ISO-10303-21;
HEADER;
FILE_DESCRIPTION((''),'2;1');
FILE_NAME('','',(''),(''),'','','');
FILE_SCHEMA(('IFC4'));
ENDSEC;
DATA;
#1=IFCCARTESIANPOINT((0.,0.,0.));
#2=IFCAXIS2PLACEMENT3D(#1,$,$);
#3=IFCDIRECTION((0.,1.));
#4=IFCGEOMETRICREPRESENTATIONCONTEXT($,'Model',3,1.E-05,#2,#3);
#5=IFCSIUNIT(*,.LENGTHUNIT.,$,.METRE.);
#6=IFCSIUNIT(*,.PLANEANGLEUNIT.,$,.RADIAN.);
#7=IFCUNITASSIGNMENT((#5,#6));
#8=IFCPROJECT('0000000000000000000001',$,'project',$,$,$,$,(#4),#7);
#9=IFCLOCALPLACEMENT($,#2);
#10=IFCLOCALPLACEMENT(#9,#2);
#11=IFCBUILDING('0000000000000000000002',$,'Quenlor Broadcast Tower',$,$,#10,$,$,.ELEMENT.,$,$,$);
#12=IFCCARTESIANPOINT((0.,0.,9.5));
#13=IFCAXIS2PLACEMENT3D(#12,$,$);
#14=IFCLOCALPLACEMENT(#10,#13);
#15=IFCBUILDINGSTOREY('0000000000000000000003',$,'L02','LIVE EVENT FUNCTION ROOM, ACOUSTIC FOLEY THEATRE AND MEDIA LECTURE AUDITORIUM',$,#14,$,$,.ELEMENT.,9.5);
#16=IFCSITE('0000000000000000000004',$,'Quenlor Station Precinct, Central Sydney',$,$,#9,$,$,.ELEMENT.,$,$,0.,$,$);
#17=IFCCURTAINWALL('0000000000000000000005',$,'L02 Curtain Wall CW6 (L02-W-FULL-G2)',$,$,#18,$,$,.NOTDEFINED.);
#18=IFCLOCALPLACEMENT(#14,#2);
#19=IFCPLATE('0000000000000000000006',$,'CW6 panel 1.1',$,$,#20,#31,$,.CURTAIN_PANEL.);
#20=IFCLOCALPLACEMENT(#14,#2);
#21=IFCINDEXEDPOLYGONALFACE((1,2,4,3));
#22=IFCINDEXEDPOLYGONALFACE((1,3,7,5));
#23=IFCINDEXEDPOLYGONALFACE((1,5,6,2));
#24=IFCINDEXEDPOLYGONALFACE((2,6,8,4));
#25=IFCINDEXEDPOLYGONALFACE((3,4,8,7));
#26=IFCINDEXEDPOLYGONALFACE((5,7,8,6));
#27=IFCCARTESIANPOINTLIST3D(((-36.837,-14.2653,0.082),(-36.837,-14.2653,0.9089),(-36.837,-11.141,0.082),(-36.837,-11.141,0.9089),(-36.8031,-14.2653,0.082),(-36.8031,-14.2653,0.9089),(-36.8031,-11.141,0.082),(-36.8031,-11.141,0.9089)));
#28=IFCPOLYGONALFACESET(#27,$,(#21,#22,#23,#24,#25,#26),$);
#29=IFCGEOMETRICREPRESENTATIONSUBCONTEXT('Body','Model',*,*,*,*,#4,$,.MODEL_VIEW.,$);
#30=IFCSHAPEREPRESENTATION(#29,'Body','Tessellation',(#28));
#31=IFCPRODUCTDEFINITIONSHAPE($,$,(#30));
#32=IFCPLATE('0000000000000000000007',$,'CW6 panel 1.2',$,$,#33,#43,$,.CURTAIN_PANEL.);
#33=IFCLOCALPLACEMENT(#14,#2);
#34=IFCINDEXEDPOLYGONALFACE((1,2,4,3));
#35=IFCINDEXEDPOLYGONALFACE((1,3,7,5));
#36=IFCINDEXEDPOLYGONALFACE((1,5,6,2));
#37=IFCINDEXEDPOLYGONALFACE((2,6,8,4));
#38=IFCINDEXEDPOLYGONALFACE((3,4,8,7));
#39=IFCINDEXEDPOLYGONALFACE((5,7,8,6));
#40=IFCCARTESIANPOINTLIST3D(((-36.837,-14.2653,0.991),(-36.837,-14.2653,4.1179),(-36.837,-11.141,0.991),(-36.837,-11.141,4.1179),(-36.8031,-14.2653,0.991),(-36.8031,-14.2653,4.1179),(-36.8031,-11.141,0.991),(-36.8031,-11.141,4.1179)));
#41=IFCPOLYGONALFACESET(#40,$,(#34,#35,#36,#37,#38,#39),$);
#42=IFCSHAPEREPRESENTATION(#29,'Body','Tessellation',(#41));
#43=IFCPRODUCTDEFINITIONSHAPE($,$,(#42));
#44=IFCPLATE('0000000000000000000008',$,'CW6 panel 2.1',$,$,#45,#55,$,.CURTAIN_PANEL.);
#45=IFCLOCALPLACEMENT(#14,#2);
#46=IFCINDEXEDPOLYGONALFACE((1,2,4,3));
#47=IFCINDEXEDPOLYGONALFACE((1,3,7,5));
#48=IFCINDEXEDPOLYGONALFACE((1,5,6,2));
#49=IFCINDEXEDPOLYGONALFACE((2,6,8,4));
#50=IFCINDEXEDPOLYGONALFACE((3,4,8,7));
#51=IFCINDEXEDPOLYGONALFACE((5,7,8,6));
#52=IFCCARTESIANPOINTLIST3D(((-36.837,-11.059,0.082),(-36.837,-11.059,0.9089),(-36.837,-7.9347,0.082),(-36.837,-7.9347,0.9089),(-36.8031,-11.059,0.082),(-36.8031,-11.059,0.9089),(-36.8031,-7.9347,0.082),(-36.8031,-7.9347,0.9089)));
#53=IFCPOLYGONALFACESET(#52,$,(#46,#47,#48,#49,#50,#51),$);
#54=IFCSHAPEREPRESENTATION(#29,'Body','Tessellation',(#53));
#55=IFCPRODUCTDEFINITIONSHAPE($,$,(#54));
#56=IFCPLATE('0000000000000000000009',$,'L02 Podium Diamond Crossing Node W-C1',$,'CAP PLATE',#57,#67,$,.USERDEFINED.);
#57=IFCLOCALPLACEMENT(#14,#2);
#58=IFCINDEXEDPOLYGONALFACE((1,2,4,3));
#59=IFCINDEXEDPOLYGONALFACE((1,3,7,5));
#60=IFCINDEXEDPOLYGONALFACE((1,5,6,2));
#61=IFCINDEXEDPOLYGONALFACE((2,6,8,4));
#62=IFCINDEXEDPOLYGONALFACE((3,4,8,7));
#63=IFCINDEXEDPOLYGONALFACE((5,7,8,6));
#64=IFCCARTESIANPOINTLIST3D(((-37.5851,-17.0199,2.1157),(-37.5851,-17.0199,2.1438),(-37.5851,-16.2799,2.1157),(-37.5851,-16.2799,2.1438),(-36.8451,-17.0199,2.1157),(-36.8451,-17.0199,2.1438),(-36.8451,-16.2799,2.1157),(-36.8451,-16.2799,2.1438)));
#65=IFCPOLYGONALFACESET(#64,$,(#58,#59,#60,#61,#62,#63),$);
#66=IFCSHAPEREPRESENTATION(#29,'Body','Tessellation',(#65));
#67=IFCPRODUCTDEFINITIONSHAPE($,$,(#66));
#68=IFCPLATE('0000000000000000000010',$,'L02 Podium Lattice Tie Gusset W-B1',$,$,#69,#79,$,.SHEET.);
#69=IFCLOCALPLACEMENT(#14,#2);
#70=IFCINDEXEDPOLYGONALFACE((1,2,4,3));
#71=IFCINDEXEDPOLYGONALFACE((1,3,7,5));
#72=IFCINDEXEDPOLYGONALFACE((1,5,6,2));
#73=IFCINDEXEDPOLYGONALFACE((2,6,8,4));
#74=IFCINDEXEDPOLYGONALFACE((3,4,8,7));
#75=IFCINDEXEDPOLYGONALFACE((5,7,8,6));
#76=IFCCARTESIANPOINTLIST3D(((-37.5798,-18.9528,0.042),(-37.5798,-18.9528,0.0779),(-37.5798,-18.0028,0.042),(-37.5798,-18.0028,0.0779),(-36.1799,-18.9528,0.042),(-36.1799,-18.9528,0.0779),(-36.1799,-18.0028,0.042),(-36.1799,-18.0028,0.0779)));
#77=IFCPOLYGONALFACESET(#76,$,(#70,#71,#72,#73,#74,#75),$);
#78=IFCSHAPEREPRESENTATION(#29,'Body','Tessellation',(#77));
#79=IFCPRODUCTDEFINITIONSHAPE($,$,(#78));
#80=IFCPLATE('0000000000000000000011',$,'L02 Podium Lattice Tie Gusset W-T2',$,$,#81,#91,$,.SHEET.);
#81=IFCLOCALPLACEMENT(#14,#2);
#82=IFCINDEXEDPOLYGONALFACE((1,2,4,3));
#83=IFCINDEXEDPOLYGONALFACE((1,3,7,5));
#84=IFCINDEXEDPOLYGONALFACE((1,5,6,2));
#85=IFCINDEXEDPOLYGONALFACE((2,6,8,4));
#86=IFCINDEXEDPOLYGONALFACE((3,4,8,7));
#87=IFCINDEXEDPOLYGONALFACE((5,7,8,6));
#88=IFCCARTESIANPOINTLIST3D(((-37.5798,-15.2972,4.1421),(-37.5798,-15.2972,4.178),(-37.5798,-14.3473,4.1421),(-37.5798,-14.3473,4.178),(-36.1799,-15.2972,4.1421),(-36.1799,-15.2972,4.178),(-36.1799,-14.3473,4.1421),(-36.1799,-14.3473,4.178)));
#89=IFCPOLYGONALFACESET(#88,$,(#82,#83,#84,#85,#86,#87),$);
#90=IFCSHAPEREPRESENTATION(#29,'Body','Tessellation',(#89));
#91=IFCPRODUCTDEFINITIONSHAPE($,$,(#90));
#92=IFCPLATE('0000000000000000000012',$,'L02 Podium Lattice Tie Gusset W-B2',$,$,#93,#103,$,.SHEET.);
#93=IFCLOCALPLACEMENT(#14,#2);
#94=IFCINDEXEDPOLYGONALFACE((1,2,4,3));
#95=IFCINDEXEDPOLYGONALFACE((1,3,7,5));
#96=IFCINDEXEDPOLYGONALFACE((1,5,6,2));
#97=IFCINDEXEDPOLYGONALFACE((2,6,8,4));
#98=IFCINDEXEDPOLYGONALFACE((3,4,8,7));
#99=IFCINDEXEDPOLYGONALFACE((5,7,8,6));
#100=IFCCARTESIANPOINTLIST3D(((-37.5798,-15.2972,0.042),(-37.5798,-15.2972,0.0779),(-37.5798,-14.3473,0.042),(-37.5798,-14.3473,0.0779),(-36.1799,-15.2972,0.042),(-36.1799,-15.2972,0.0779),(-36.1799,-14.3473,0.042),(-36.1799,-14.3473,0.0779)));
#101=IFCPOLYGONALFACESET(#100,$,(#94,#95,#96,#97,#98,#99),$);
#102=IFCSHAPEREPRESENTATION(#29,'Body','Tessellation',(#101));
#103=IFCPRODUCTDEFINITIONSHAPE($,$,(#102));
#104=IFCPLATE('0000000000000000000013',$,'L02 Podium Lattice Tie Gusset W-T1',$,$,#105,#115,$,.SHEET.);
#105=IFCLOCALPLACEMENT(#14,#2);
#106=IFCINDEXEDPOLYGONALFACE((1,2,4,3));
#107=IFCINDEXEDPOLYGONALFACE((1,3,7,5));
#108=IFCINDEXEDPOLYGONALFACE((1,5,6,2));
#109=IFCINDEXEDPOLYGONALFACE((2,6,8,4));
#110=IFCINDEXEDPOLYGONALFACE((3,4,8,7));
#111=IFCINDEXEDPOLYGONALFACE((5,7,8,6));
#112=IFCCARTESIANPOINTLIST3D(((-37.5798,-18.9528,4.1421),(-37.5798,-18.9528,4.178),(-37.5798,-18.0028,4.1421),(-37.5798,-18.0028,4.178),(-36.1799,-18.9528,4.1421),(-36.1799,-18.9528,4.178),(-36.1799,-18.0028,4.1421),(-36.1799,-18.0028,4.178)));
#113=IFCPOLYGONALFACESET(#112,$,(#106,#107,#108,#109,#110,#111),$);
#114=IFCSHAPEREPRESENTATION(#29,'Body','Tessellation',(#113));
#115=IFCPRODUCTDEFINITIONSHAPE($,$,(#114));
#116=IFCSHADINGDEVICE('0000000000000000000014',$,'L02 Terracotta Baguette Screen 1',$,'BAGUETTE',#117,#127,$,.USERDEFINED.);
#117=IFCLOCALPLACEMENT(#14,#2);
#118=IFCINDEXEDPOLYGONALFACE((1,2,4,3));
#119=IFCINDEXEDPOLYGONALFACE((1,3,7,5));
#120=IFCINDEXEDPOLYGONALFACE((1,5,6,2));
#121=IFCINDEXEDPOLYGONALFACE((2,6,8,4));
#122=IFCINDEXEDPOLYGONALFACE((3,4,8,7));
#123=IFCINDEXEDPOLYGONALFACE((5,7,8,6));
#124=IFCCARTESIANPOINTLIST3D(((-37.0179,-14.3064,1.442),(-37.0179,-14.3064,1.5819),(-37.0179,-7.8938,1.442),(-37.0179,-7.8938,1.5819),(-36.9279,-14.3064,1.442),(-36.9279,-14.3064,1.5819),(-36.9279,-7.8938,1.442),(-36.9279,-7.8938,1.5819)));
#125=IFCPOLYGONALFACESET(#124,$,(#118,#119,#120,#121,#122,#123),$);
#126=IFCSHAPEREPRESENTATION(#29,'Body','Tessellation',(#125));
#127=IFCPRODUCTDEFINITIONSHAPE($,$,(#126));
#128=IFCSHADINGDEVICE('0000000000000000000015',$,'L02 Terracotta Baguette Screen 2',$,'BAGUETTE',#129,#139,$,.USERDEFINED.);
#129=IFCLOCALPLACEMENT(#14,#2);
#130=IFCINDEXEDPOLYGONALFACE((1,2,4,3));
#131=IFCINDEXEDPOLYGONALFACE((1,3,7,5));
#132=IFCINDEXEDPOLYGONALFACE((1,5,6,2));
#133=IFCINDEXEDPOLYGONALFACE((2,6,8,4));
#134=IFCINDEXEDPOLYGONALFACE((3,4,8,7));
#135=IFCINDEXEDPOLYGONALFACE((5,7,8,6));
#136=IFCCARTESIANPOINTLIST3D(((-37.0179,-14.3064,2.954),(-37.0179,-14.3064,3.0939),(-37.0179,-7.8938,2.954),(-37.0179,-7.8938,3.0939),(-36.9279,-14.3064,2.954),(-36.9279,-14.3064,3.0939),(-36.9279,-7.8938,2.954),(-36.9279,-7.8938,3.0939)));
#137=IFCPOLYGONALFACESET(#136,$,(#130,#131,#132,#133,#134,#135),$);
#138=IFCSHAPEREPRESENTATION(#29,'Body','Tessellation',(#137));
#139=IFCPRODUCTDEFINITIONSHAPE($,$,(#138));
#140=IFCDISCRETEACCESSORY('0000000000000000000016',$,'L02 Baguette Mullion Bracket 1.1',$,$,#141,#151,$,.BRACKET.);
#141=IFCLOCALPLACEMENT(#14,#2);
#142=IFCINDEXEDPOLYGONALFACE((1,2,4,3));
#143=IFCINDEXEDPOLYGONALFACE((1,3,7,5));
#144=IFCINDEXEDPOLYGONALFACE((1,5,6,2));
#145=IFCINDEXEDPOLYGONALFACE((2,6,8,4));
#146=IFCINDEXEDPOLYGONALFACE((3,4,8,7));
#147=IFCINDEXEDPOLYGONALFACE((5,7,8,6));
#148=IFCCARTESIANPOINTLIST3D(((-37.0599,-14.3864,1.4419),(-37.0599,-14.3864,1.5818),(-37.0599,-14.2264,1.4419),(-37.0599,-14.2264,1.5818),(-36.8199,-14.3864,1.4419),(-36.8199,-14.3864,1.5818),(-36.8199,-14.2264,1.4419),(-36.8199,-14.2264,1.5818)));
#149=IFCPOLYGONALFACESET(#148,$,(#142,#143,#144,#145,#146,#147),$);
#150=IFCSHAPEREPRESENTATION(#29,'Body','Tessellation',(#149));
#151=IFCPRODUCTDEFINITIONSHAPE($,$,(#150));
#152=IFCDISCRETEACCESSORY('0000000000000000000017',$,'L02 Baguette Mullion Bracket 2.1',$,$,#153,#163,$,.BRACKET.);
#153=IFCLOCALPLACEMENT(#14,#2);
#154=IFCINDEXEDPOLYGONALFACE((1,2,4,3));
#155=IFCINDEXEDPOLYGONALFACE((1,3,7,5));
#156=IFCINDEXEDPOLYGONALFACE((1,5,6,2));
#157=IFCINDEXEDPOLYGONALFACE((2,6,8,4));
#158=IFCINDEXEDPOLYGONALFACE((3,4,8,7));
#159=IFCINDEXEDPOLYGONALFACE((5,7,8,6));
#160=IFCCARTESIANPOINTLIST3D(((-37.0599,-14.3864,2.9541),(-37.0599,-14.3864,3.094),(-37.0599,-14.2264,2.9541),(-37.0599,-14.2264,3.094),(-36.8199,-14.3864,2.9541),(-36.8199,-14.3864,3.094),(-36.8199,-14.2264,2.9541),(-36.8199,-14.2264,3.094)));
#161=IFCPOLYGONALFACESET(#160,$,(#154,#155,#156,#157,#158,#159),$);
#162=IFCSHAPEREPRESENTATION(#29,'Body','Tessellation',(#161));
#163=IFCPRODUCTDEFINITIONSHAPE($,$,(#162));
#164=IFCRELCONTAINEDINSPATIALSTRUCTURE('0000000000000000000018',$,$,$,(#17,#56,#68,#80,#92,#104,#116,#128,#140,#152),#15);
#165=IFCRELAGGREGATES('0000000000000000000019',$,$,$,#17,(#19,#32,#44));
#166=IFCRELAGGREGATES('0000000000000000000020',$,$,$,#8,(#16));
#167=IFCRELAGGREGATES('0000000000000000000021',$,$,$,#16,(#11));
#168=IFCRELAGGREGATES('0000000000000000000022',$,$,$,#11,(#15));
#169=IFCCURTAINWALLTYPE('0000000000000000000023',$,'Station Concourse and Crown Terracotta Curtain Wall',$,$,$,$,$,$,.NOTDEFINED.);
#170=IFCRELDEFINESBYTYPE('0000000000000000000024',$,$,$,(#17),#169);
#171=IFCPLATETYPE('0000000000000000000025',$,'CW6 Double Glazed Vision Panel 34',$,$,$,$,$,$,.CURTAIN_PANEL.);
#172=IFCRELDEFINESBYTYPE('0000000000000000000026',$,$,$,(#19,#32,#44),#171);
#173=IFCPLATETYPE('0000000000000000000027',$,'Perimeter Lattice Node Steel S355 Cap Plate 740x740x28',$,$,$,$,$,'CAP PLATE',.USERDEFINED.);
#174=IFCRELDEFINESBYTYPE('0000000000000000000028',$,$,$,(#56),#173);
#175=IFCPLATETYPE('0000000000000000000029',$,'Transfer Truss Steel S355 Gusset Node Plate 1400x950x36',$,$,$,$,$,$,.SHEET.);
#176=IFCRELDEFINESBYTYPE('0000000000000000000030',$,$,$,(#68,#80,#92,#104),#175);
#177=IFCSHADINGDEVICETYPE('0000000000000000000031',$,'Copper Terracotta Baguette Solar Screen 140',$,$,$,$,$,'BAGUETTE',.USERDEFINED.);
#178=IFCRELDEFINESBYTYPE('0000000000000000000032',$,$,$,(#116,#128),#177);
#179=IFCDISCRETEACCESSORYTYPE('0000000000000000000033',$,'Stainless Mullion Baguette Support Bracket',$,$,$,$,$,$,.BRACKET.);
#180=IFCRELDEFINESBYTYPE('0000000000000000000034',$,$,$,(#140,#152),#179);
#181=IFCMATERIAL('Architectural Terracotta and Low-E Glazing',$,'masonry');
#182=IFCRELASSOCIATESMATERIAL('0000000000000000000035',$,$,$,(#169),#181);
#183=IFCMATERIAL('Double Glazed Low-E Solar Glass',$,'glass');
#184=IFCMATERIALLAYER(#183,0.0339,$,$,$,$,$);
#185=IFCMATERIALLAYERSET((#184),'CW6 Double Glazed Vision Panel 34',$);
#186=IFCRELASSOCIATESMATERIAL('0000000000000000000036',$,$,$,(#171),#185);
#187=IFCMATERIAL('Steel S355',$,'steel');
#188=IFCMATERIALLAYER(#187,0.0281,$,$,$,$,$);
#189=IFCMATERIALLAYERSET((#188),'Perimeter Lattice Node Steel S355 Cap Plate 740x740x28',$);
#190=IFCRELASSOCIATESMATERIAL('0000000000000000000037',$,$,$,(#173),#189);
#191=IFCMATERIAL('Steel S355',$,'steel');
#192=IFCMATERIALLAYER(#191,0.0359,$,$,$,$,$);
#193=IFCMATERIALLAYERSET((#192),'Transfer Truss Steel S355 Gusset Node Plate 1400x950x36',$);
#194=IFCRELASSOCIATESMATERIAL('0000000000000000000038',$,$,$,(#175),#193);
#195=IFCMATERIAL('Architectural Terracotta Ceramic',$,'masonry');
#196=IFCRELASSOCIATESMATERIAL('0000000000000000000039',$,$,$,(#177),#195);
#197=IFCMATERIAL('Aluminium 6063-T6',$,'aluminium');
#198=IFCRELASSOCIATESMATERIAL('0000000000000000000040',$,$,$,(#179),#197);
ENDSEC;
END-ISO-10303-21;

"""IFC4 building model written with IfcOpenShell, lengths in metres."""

from ifc_helpers import new_model, si_unit, direction, frame, origin, origin_2d, place, context, subcontext, project, spatial, rectangle, extrude, material, layer, layer_set, material_profile, profile_set, type_object, element, aggregate, save


model = new_model("IFC4")

# Units and contexts
model_context = context("Model", 3, precision=1e-05, world=origin(), true_north=direction((0.0, 1.0)))
body_context = subcontext(model_context, "Body", "Model", "MODEL_VIEW")
ifc_project = project(units=[si_unit("LENGTHUNIT", "METRE"), si_unit("PLANEANGLEUNIT", "RADIAN")], contexts=[model_context])

# Site, building, storey
site_placement = place(None, origin())
site = spatial("IfcSite", under=ifc_project, at=site_placement, Name="Quenlor Station Precinct, Central Sydney", CompositionType="ELEMENT", RefElevation=0.0)
building_placement = place(site_placement, origin())
building = spatial("IfcBuilding", under=site, at=building_placement, Name="Quenlor Broadcast Tower", CompositionType="ELEMENT")
storey_placement = place(building_placement, frame((0.0, 0.0, 9.5)))
storey = spatial("IfcBuildingStorey", under=building, at=storey_placement, Name="L02", Description="LIVE EVENT FUNCTION ROOM, ACOUSTIC FOLEY THEATRE AND MEDIA LECTURE AUDITORIUM", CompositionType="ELEMENT", Elevation=9.5)

# Curtain wall
ifc_material_1 = material(Name="Architectural Terracotta and Low-E Glazing", Category="masonry")
curtain_wall_type = type_object("IfcCurtainWallType", Name="Station Concourse and Crown Terracotta Curtain Wall", PredefinedType="NOTDEFINED", material=ifc_material_1)
curtain_wall_placement = place(storey_placement, origin())
curtain_wall = element("IfcCurtainWall", 1, at=curtain_wall_placement, inside=storey, type_object=curtain_wall_type, Name="L02 Curtain Wall CW6 (L02-W-FULL-G2)", PredefinedType="NOTDEFINED")

# Plates
ifc_material_2 = material(Name="Double Glazed Low-E Solar Glass", Category="glass")
ifc_layer_1 = layer(ifc_material_2, 0.0339)
ifc_layer_set_1 = layer_set([ifc_layer_1], Name="CW6 Double Glazed Vision Panel 34")
plate_type_1 = type_object("IfcPlateType", Name="CW6 Double Glazed Vision Panel 34", PredefinedType="CURTAIN_PANEL", material=ifc_layer_set_1)
plate_1_placement = place(storey_placement, frame((-36.8201, -12.7031, 0.082), z_axis=(0.0, 0.0, 1.0), x_axis=(0.0, 1.0, 0.0)))
plate_1 = element("IfcPlate", 2, at=plate_1_placement, type_object=plate_type_1, Name="CW6 panel 1.1", PredefinedType="CURTAIN_PANEL", context=body_context, shape_type="SweptSolid", body=[
    extrude(rectangle(XDim=3.1243, YDim=0.0339, at=origin_2d()), origin(), (0.0, 0.0, 1.0), 0.8269),
])
plate_2_placement = place(storey_placement, frame((-36.8201, -12.7031, 0.991), z_axis=(0.0, 0.0, 1.0), x_axis=(0.0, 1.0, 0.0)))
plate_2 = element("IfcPlate", 3, at=plate_2_placement, type_object=plate_type_1, Name="CW6 panel 1.2", PredefinedType="CURTAIN_PANEL", context=body_context, shape_type="SweptSolid", body=[
    extrude(rectangle(XDim=3.1243, YDim=0.0339, at=origin_2d()), origin(), (0.0, 0.0, 1.0), 3.127),
])
plate_3_placement = place(storey_placement, frame((-36.8201, -9.4968, 0.082), z_axis=(0.0, 0.0, 1.0), x_axis=(0.0, 1.0, 0.0)))
plate_3 = element("IfcPlate", 4, at=plate_3_placement, type_object=plate_type_1, Name="CW6 panel 2.1", PredefinedType="CURTAIN_PANEL", context=body_context, shape_type="SweptSolid", body=[
    extrude(rectangle(XDim=3.1243, YDim=0.0339, at=origin_2d()), origin(), (0.0, 0.0, 1.0), 0.8269),
])
aggregate(curtain_wall, [plate_1, plate_2, plate_3])

# Plates
ifc_material_3 = material(Name="Steel S355", Category="steel")
ifc_layer_2 = layer(ifc_material_3, 0.0281)
ifc_layer_set_2 = layer_set([ifc_layer_2], Name="Perimeter Lattice Node Steel S355 Cap Plate 740x740x28")
plate_type_2 = type_object("IfcPlateType", Name="Perimeter Lattice Node Steel S355 Cap Plate 740x740x28", ElementType="CAP PLATE", PredefinedType="USERDEFINED", material=ifc_layer_set_2)
plate_4_placement = place(storey_placement, frame((-37.2151, -16.6499, 2.1157), z_axis=(0.0, 0.0, 1.0), x_axis=(0.0, 1.0, 0.0)))
element("IfcPlate", 5, at=plate_4_placement, inside=storey, type_object=plate_type_2, Name="L02 Podium Diamond Crossing Node W-C1", ObjectType="CAP PLATE", PredefinedType="USERDEFINED", context=body_context, shape_type="SweptSolid", body=[
    extrude(rectangle(XDim=0.74, YDim=0.74, at=origin_2d()), origin(), (0.0, 0.0, 1.0), 0.0281),
])
ifc_material_4 = material(Name="Steel S355", Category="steel")
ifc_layer_3 = layer(ifc_material_4, 0.0359)
ifc_layer_set_3 = layer_set([ifc_layer_3], Name="Transfer Truss Steel S355 Gusset Node Plate 1400x950x36")
plate_type_3 = type_object("IfcPlateType", Name="Transfer Truss Steel S355 Gusset Node Plate 1400x950x36", PredefinedType="SHEET", material=ifc_layer_set_3)
for number, where, z_axis, x_axis, name in (
    (6, (-36.8799, -18.4778, 0.042), (0.0, 0.0, 1.0), (-1.0, 0.0, 0.0), "L02 Podium Lattice Tie Gusset W-B1"),
    (7, (-36.8799, -14.8223, 4.1421), (0.0, 0.0, 1.0), (-1.0, 0.0, 0.0), "L02 Podium Lattice Tie Gusset W-T2"),
    (8, (-36.8799, -14.8223, 0.042), (0.0, 0.0, 1.0), (-1.0, 0.0, 0.0), "L02 Podium Lattice Tie Gusset W-B2"),
    (9, (-36.8799, -18.4778, 4.1421), (0.0, 0.0, 1.0), (-1.0, 0.0, 0.0), "L02 Podium Lattice Tie Gusset W-T1"),
):
    element("IfcPlate", number, at=place(storey_placement, frame(where, z_axis=z_axis, x_axis=x_axis)), inside=storey, type_object=plate_type_3, Name=name, PredefinedType="SHEET", context=body_context, shape_type="SweptSolid", body=[
        extrude(rectangle(XDim=1.3999, YDim=0.95, at=origin_2d()), origin(), (0.0, 0.0, 1.0), 0.0359),
    ])

# Shading devices
ifc_material_5 = material(Name="Architectural Terracotta Ceramic", Category="masonry")
ifc_material_profile_1 = material_profile(ifc_material_5, rectangle(XDim=0.0901, YDim=0.1399, at=origin_2d()))
ifc_profile_set_1 = profile_set([ifc_material_profile_1], Name="Architectural Terracotta Ceramic BAG90x140")
shading_device_type = type_object("IfcShadingDeviceType", Name="Copper Terracotta Baguette Solar Screen 140", ElementType="BAGUETTE", PredefinedType="USERDEFINED", material=ifc_profile_set_1)
for number, where, z_axis, x_axis, name in (
    (10, (-36.9729, -14.3064, 1.512), (0.0, 1.0, 0.0), (-1.0, 0.0, 0.0), "L02 Terracotta Baguette Screen 1"),
    (11, (-36.9729, -14.3064, 3.0239), (0.0, 1.0, 0.0), (-1.0, 0.0, 0.0), "L02 Terracotta Baguette Screen 2"),
):
    element("IfcShadingDevice", number, at=place(storey_placement, frame(where, z_axis=z_axis, x_axis=x_axis)), inside=storey, type_object=shading_device_type, Name=name, ObjectType="BAGUETTE", PredefinedType="USERDEFINED", context=body_context, shape_type="SweptSolid", body=[
        extrude(rectangle(XDim=0.0901, YDim=0.1399, at=origin_2d()), origin(), (0.0, 0.0, 1.0), 6.4126),
    ])

# Discrete accessories
ifc_material_6 = material(Name="Aluminium 6063-T6", Category="aluminium")
discrete_accessory_type = type_object("IfcDiscreteAccessoryType", Name="Stainless Mullion Baguette Support Bracket", PredefinedType="BRACKET", material=ifc_material_6)
for number, where, z_axis, x_axis, name in (
    (12, (-36.9399, -14.3064, 1.4419), (0.0, 0.0, 1.0), (0.0, 1.0, 0.0), "L02 Baguette Mullion Bracket 1.1"),
    (13, (-36.9399, -14.3064, 2.9541), (0.0, 0.0, 1.0), (0.0, 1.0, 0.0), "L02 Baguette Mullion Bracket 2.1"),
):
    element("IfcDiscreteAccessory", number, at=place(storey_placement, frame(where, z_axis=z_axis, x_axis=x_axis)), inside=storey, type_object=discrete_accessory_type, Name=name, PredefinedType="BRACKET", context=body_context, shape_type="SweptSolid", body=[
        extrude(rectangle(XDim=0.1599, YDim=0.24, at=origin_2d()), origin(), (0.0, 0.0, 1.0), 0.1399),
    ])

save(model, "model.ifc")
